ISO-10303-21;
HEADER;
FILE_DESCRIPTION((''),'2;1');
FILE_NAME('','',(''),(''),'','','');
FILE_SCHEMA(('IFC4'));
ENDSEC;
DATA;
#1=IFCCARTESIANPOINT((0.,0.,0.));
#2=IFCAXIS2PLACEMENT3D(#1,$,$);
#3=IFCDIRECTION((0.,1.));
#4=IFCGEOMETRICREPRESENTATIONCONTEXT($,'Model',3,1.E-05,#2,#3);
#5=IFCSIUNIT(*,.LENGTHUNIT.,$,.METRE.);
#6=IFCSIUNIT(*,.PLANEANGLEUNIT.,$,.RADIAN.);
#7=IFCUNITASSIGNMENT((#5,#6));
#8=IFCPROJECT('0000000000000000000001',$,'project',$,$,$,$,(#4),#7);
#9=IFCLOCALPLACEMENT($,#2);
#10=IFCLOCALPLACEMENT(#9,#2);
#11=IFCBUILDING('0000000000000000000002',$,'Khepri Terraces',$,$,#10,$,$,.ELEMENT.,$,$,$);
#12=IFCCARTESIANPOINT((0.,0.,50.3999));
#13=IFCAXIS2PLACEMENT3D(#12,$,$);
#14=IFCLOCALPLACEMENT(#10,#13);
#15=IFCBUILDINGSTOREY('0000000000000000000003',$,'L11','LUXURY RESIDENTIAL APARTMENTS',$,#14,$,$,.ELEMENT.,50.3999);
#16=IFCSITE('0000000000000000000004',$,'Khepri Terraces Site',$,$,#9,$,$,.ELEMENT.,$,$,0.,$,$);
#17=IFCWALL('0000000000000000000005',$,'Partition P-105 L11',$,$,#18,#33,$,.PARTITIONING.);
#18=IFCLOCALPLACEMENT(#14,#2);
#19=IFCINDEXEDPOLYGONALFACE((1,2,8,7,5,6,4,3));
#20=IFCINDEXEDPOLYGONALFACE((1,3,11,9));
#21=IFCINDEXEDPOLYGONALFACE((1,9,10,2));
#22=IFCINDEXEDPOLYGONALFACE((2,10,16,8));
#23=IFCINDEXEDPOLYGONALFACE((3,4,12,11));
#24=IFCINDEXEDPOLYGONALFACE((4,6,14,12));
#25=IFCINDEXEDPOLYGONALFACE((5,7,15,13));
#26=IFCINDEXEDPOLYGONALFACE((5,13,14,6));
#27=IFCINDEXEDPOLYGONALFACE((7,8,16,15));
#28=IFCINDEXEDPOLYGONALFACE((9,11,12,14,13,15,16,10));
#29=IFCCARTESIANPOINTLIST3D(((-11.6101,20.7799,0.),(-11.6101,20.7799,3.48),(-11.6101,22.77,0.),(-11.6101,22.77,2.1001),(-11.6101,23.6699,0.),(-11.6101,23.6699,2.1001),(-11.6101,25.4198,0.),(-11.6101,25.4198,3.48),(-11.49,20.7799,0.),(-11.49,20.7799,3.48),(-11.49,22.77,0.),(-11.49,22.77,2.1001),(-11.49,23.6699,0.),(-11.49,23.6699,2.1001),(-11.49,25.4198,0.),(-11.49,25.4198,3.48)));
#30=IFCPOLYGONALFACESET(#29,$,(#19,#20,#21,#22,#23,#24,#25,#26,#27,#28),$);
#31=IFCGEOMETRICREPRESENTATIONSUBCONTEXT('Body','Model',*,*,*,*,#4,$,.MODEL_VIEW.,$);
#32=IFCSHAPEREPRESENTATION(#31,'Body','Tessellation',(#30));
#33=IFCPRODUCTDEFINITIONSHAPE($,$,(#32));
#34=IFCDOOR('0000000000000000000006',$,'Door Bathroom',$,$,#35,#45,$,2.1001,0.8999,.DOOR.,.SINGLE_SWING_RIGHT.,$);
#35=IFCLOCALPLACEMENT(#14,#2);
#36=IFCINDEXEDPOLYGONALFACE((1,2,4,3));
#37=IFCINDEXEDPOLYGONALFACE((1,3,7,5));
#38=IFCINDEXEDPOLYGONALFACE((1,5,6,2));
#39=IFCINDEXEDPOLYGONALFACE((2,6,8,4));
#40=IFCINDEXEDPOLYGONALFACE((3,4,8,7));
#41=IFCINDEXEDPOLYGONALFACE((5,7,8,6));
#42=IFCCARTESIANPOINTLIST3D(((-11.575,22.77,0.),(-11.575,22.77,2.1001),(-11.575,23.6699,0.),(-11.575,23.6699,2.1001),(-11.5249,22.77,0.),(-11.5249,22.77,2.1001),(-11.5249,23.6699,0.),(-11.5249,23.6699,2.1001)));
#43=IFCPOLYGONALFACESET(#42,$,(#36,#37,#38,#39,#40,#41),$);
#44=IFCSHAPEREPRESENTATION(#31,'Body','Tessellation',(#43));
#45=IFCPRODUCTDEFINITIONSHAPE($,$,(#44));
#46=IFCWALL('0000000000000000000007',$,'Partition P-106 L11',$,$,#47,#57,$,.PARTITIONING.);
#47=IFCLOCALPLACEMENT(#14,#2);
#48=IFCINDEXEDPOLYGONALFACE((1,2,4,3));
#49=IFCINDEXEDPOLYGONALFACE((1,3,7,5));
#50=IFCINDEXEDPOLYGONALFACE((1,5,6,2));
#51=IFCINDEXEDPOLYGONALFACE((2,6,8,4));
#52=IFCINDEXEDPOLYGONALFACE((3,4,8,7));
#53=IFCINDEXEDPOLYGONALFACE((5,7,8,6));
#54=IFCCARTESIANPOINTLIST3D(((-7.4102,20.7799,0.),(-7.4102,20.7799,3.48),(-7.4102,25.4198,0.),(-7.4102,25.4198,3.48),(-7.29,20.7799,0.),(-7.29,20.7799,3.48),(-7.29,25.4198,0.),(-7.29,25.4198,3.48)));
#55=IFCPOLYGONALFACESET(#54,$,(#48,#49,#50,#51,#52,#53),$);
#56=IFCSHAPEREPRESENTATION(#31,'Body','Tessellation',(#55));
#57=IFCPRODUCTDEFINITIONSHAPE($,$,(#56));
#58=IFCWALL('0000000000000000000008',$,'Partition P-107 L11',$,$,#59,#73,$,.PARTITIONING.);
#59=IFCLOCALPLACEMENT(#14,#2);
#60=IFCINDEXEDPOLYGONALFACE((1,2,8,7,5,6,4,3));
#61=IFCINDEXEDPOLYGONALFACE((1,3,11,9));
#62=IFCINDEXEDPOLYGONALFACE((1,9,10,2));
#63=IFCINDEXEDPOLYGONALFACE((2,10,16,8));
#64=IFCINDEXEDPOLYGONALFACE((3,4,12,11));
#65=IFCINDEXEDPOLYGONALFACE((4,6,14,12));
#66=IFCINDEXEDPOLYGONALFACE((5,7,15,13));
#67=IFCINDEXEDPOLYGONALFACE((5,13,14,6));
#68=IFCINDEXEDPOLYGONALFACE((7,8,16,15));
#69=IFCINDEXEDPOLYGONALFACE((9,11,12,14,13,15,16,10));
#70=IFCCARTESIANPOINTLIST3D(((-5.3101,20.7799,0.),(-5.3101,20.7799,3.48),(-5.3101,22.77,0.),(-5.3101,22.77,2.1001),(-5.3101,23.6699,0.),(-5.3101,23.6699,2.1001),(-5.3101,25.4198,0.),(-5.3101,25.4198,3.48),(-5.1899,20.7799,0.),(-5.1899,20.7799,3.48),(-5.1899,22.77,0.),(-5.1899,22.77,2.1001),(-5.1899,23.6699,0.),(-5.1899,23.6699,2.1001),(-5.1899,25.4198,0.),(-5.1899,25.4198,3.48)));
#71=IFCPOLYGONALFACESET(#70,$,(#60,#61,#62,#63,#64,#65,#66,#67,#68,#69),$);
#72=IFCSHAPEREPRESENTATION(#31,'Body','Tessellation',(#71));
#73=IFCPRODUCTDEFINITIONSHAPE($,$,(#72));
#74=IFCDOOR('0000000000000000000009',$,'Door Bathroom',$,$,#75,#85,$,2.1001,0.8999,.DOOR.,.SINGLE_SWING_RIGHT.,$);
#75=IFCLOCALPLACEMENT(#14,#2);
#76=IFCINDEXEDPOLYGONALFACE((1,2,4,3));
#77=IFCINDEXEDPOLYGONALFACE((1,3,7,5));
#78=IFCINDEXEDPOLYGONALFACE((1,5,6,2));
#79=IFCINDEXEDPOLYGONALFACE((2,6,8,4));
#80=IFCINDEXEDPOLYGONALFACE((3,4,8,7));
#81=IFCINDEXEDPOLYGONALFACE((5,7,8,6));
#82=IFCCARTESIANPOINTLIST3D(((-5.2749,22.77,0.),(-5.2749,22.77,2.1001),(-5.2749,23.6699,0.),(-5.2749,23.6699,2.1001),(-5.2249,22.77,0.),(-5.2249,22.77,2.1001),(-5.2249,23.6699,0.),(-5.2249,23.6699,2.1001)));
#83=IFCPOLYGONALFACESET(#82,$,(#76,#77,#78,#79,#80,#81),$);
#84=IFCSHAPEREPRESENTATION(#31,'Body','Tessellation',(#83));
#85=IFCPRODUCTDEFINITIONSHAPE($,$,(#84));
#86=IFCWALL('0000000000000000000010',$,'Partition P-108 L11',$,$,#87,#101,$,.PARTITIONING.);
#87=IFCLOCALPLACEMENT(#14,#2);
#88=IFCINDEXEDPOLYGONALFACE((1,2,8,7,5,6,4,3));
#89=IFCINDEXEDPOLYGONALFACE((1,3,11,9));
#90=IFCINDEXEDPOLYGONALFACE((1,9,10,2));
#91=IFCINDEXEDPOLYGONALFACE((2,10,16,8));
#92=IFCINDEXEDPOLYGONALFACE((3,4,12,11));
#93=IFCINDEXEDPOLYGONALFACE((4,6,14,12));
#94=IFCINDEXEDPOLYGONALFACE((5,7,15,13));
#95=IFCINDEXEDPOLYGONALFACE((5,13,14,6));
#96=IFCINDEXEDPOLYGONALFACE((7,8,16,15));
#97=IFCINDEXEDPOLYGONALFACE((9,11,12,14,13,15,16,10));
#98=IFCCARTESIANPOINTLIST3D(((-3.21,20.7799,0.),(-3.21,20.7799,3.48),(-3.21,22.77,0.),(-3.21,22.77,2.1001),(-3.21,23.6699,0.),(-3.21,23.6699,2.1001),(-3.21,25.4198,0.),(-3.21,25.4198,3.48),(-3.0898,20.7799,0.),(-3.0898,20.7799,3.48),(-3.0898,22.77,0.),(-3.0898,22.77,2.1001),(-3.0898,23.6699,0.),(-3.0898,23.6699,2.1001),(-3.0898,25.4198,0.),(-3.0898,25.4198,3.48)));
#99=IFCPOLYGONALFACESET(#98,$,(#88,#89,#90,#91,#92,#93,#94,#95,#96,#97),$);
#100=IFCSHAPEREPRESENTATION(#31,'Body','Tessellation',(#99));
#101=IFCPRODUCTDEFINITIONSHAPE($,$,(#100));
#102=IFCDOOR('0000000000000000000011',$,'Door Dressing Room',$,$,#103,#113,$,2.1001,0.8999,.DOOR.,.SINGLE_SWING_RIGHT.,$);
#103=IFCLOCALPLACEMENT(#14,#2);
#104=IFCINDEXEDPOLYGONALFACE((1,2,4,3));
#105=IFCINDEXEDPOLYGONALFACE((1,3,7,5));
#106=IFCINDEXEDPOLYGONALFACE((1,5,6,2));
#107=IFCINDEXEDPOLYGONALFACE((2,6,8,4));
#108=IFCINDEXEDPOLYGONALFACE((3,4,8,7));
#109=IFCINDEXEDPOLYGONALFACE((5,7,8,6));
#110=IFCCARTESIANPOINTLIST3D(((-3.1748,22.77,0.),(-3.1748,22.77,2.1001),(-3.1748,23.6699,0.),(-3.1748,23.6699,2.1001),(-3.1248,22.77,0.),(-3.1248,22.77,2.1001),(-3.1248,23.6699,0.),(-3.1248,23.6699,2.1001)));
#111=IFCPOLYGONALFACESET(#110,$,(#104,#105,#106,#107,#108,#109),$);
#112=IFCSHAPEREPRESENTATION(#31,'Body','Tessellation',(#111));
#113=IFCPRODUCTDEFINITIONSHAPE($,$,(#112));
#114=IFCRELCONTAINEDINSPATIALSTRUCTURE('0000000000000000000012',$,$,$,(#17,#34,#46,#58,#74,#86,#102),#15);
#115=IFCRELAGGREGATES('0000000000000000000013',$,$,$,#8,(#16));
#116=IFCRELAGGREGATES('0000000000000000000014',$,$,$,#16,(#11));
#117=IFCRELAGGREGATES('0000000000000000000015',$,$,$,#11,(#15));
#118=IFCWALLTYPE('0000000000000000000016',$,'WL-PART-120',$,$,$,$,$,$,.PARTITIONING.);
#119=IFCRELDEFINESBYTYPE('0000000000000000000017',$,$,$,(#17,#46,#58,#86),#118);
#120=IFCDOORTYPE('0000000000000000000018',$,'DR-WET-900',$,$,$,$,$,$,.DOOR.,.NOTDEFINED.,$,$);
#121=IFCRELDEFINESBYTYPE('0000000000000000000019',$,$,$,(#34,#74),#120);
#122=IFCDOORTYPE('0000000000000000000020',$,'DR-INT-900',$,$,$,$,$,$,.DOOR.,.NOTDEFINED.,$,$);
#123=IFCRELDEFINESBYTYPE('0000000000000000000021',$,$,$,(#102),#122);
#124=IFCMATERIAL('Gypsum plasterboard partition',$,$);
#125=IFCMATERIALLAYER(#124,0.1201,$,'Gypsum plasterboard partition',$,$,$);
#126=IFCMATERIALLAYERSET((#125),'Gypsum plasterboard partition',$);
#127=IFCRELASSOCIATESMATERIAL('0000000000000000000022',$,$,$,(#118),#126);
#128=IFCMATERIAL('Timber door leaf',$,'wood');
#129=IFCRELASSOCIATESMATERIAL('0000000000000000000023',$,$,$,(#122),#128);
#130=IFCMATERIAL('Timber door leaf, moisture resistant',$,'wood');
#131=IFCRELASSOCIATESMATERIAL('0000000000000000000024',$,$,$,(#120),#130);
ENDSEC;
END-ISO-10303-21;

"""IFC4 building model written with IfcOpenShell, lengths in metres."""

from ifc_helpers import new_model, si_unit, direction, frame, frame_2d, origin, place, context, subcontext, project, spatial, rectangle, extrude, material, layer, layer_set, type_object, element, fill, save


model = new_model("IFC4")

# Units and contexts
model_context = context("Model", 3, precision=1e-05, world=origin(), true_north=direction((0.0, 1.0)))
body_context = subcontext(model_context, "Body", "Model", "MODEL_VIEW")
ifc_project = project(units=[si_unit("LENGTHUNIT", "METRE"), si_unit("PLANEANGLEUNIT", "RADIAN")], contexts=[model_context])

# Site, building, storey
site_placement = place(None, origin())
site = spatial("IfcSite", under=ifc_project, at=site_placement, Name="Khepri Terraces Site", CompositionType="ELEMENT", RefElevation=0.0)
building_placement = place(site_placement, origin())
building = spatial("IfcBuilding", under=site, at=building_placement, Name="Khepri Terraces", CompositionType="ELEMENT")
storey_placement = place(building_placement, frame((0.0, 0.0, 50.3999)))
storey = spatial("IfcBuildingStorey", under=building, at=storey_placement, Name="L11", Description="LUXURY RESIDENTIAL APARTMENTS", CompositionType="ELEMENT", Elevation=50.3999)

# Shared definitions
ifc_material_1 = material(Name="Gypsum plasterboard partition")
ifc_layer_1 = layer(ifc_material_1, 0.1201, Name="Gypsum plasterboard partition")
ifc_layer_set_1 = layer_set([ifc_layer_1], Name="Gypsum plasterboard partition")
wall_type_1 = type_object("IfcWallType", Name="WL-PART-120", PredefinedType="PARTITIONING", material=ifc_layer_set_1)
ifc_material_2 = material(Name="Timber door leaf", Category="wood")
door_type_1 = type_object("IfcDoorType", Name="DR-INT-900", OperationType="NOTDEFINED", PredefinedType="DOOR", material=ifc_material_2)

# Wall, opening, door
wall_1_placement = place(storey_placement, frame((-11.55, 20.78, 0.0), z_axis=(0.0, 0.0, 1.0), x_axis=(0.0, 1.0, 0.0)))
wall_1 = element("IfcWall", 1, at=wall_1_placement, inside=storey, type_object=wall_type_1, Name="Partition P-105 L11", PredefinedType="PARTITIONING", context=body_context, shape_type="SweptSolid", body=[
    extrude(rectangle(XDim=4.6399, YDim=0.1201, at=frame_2d((2.3198, 0.0))), origin(), (0.0, 0.0, 1.0), 3.48),
])
opening_1_placement = place(wall_1_placement, frame((1.99, 0.0, 0.0)))
opening_1 = element("IfcOpeningElement", 2, at=opening_1_placement, cuts=wall_1, PredefinedType="OPENING", context=body_context, shape_type="SweptSolid", body=[
    extrude(rectangle(XDim=0.8999, YDim=2.1001, at=frame_2d((0.45, 1.05))), frame((0.0, 0.0701, 0.0), z_axis=(0.0, -1.0, 0.0), x_axis=(1.0, 0.0, 0.0)), (0.0, 0.0, 1.0), 0.1401),
])
ifc_material_3 = material(Name="Timber door leaf, moisture resistant", Category="wood")
door_type_2 = type_object("IfcDoorType", Name="DR-WET-900", OperationType="NOTDEFINED", PredefinedType="DOOR", material=ifc_material_3)
door_1_placement = place(opening_1_placement, origin())
door_1 = element("IfcDoor", 3, at=door_1_placement, inside=storey, type_object=door_type_2, Name="Door Bathroom", OperationType="SINGLE_SWING_RIGHT", OverallHeight=2.1001, OverallWidth=0.8999, PredefinedType="DOOR", context=body_context, shape_type="SweptSolid", body=[
    extrude(rectangle(XDim=0.8999, YDim=2.1001, at=frame_2d((0.45, 1.05))), frame((0.0, 0.0249, 0.0), z_axis=(0.0, -1.0, 0.0), x_axis=(1.0, 0.0, 0.0)), (0.0, 0.0, 1.0), 0.05),
])
fill(opening_1, door_1)

# Wall
wall_2_placement = place(storey_placement, frame((-7.3501, 20.78, 0.0), z_axis=(0.0, 0.0, 1.0), x_axis=(0.0, 1.0, 0.0)))
element("IfcWall", 4, at=wall_2_placement, inside=storey, type_object=wall_type_1, Name="Partition P-106 L11", PredefinedType="PARTITIONING", context=body_context, shape_type="SweptSolid", body=[
    extrude(rectangle(XDim=4.6399, YDim=0.1201, at=frame_2d((2.3198, 0.0))), origin(), (0.0, 0.0, 1.0), 3.48),
])

# Walls, openings, doors
wall_3_placement = place(storey_placement, frame((-5.25, 20.78, 0.0), z_axis=(0.0, 0.0, 1.0), x_axis=(0.0, 1.0, 0.0)))
wall_3 = element("IfcWall", 5, at=wall_3_placement, inside=storey, type_object=wall_type_1, Name="Partition P-107 L11", PredefinedType="PARTITIONING", context=body_context, shape_type="SweptSolid", body=[
    extrude(rectangle(XDim=4.6399, YDim=0.1201, at=frame_2d((2.3198, 0.0))), origin(), (0.0, 0.0, 1.0), 3.48),
])
opening_2_placement = place(wall_3_placement, frame((1.99, 0.0, 0.0)))
opening_2 = element("IfcOpeningElement", 6, at=opening_2_placement, cuts=wall_3, PredefinedType="OPENING", context=body_context, shape_type="SweptSolid", body=[
    extrude(rectangle(XDim=0.8999, YDim=2.1001, at=frame_2d((0.45, 1.05))), frame((0.0, 0.0701, 0.0), z_axis=(0.0, -1.0, 0.0), x_axis=(1.0, 0.0, 0.0)), (0.0, 0.0, 1.0), 0.1401),
])
door_2_placement = place(opening_2_placement, origin())
door_2 = element("IfcDoor", 7, at=door_2_placement, inside=storey, type_object=door_type_2, Name="Door Bathroom", OperationType="SINGLE_SWING_RIGHT", OverallHeight=2.1001, OverallWidth=0.8999, PredefinedType="DOOR", context=body_context, shape_type="SweptSolid", body=[
    extrude(rectangle(XDim=0.8999, YDim=2.1001, at=frame_2d((0.45, 1.05))), frame((0.0, 0.0249, 0.0), z_axis=(0.0, -1.0, 0.0), x_axis=(1.0, 0.0, 0.0)), (0.0, 0.0, 1.0), 0.05),
])
fill(opening_2, door_2)
wall_4_placement = place(storey_placement, frame((-3.1499, 20.78, 0.0), z_axis=(0.0, 0.0, 1.0), x_axis=(0.0, 1.0, 0.0)))
wall_4 = element("IfcWall", 8, at=wall_4_placement, inside=storey, type_object=wall_type_1, Name="Partition P-108 L11", PredefinedType="PARTITIONING", context=body_context, shape_type="SweptSolid", body=[
    extrude(rectangle(XDim=4.6399, YDim=0.1201, at=frame_2d((2.3198, 0.0))), origin(), (0.0, 0.0, 1.0), 3.48),
])
opening_3_placement = place(wall_4_placement, frame((1.99, 0.0, 0.0)))
opening_3 = element("IfcOpeningElement", 9, at=opening_3_placement, cuts=wall_4, PredefinedType="OPENING", context=body_context, shape_type="SweptSolid", body=[
    extrude(rectangle(XDim=0.8999, YDim=2.1001, at=frame_2d((0.45, 1.05))), frame((0.0, 0.0701, 0.0), z_axis=(0.0, -1.0, 0.0), x_axis=(1.0, 0.0, 0.0)), (0.0, 0.0, 1.0), 0.1401),
])
door_3_placement = place(opening_3_placement, origin())
door_3 = element("IfcDoor", 10, at=door_3_placement, inside=storey, type_object=door_type_1, Name="Door Dressing Room", OperationType="SINGLE_SWING_RIGHT", OverallHeight=2.1001, OverallWidth=0.8999, PredefinedType="DOOR", context=body_context, shape_type="SweptSolid", body=[
    extrude(rectangle(XDim=0.8999, YDim=2.1001, at=frame_2d((0.45, 1.05))), frame((0.0, 0.0249, 0.0), z_axis=(0.0, -1.0, 0.0), x_axis=(1.0, 0.0, 0.0)), (0.0, 0.0, 1.0), 0.05),
])
fill(opening_3, door_3)

save(model, "model.ifc")
